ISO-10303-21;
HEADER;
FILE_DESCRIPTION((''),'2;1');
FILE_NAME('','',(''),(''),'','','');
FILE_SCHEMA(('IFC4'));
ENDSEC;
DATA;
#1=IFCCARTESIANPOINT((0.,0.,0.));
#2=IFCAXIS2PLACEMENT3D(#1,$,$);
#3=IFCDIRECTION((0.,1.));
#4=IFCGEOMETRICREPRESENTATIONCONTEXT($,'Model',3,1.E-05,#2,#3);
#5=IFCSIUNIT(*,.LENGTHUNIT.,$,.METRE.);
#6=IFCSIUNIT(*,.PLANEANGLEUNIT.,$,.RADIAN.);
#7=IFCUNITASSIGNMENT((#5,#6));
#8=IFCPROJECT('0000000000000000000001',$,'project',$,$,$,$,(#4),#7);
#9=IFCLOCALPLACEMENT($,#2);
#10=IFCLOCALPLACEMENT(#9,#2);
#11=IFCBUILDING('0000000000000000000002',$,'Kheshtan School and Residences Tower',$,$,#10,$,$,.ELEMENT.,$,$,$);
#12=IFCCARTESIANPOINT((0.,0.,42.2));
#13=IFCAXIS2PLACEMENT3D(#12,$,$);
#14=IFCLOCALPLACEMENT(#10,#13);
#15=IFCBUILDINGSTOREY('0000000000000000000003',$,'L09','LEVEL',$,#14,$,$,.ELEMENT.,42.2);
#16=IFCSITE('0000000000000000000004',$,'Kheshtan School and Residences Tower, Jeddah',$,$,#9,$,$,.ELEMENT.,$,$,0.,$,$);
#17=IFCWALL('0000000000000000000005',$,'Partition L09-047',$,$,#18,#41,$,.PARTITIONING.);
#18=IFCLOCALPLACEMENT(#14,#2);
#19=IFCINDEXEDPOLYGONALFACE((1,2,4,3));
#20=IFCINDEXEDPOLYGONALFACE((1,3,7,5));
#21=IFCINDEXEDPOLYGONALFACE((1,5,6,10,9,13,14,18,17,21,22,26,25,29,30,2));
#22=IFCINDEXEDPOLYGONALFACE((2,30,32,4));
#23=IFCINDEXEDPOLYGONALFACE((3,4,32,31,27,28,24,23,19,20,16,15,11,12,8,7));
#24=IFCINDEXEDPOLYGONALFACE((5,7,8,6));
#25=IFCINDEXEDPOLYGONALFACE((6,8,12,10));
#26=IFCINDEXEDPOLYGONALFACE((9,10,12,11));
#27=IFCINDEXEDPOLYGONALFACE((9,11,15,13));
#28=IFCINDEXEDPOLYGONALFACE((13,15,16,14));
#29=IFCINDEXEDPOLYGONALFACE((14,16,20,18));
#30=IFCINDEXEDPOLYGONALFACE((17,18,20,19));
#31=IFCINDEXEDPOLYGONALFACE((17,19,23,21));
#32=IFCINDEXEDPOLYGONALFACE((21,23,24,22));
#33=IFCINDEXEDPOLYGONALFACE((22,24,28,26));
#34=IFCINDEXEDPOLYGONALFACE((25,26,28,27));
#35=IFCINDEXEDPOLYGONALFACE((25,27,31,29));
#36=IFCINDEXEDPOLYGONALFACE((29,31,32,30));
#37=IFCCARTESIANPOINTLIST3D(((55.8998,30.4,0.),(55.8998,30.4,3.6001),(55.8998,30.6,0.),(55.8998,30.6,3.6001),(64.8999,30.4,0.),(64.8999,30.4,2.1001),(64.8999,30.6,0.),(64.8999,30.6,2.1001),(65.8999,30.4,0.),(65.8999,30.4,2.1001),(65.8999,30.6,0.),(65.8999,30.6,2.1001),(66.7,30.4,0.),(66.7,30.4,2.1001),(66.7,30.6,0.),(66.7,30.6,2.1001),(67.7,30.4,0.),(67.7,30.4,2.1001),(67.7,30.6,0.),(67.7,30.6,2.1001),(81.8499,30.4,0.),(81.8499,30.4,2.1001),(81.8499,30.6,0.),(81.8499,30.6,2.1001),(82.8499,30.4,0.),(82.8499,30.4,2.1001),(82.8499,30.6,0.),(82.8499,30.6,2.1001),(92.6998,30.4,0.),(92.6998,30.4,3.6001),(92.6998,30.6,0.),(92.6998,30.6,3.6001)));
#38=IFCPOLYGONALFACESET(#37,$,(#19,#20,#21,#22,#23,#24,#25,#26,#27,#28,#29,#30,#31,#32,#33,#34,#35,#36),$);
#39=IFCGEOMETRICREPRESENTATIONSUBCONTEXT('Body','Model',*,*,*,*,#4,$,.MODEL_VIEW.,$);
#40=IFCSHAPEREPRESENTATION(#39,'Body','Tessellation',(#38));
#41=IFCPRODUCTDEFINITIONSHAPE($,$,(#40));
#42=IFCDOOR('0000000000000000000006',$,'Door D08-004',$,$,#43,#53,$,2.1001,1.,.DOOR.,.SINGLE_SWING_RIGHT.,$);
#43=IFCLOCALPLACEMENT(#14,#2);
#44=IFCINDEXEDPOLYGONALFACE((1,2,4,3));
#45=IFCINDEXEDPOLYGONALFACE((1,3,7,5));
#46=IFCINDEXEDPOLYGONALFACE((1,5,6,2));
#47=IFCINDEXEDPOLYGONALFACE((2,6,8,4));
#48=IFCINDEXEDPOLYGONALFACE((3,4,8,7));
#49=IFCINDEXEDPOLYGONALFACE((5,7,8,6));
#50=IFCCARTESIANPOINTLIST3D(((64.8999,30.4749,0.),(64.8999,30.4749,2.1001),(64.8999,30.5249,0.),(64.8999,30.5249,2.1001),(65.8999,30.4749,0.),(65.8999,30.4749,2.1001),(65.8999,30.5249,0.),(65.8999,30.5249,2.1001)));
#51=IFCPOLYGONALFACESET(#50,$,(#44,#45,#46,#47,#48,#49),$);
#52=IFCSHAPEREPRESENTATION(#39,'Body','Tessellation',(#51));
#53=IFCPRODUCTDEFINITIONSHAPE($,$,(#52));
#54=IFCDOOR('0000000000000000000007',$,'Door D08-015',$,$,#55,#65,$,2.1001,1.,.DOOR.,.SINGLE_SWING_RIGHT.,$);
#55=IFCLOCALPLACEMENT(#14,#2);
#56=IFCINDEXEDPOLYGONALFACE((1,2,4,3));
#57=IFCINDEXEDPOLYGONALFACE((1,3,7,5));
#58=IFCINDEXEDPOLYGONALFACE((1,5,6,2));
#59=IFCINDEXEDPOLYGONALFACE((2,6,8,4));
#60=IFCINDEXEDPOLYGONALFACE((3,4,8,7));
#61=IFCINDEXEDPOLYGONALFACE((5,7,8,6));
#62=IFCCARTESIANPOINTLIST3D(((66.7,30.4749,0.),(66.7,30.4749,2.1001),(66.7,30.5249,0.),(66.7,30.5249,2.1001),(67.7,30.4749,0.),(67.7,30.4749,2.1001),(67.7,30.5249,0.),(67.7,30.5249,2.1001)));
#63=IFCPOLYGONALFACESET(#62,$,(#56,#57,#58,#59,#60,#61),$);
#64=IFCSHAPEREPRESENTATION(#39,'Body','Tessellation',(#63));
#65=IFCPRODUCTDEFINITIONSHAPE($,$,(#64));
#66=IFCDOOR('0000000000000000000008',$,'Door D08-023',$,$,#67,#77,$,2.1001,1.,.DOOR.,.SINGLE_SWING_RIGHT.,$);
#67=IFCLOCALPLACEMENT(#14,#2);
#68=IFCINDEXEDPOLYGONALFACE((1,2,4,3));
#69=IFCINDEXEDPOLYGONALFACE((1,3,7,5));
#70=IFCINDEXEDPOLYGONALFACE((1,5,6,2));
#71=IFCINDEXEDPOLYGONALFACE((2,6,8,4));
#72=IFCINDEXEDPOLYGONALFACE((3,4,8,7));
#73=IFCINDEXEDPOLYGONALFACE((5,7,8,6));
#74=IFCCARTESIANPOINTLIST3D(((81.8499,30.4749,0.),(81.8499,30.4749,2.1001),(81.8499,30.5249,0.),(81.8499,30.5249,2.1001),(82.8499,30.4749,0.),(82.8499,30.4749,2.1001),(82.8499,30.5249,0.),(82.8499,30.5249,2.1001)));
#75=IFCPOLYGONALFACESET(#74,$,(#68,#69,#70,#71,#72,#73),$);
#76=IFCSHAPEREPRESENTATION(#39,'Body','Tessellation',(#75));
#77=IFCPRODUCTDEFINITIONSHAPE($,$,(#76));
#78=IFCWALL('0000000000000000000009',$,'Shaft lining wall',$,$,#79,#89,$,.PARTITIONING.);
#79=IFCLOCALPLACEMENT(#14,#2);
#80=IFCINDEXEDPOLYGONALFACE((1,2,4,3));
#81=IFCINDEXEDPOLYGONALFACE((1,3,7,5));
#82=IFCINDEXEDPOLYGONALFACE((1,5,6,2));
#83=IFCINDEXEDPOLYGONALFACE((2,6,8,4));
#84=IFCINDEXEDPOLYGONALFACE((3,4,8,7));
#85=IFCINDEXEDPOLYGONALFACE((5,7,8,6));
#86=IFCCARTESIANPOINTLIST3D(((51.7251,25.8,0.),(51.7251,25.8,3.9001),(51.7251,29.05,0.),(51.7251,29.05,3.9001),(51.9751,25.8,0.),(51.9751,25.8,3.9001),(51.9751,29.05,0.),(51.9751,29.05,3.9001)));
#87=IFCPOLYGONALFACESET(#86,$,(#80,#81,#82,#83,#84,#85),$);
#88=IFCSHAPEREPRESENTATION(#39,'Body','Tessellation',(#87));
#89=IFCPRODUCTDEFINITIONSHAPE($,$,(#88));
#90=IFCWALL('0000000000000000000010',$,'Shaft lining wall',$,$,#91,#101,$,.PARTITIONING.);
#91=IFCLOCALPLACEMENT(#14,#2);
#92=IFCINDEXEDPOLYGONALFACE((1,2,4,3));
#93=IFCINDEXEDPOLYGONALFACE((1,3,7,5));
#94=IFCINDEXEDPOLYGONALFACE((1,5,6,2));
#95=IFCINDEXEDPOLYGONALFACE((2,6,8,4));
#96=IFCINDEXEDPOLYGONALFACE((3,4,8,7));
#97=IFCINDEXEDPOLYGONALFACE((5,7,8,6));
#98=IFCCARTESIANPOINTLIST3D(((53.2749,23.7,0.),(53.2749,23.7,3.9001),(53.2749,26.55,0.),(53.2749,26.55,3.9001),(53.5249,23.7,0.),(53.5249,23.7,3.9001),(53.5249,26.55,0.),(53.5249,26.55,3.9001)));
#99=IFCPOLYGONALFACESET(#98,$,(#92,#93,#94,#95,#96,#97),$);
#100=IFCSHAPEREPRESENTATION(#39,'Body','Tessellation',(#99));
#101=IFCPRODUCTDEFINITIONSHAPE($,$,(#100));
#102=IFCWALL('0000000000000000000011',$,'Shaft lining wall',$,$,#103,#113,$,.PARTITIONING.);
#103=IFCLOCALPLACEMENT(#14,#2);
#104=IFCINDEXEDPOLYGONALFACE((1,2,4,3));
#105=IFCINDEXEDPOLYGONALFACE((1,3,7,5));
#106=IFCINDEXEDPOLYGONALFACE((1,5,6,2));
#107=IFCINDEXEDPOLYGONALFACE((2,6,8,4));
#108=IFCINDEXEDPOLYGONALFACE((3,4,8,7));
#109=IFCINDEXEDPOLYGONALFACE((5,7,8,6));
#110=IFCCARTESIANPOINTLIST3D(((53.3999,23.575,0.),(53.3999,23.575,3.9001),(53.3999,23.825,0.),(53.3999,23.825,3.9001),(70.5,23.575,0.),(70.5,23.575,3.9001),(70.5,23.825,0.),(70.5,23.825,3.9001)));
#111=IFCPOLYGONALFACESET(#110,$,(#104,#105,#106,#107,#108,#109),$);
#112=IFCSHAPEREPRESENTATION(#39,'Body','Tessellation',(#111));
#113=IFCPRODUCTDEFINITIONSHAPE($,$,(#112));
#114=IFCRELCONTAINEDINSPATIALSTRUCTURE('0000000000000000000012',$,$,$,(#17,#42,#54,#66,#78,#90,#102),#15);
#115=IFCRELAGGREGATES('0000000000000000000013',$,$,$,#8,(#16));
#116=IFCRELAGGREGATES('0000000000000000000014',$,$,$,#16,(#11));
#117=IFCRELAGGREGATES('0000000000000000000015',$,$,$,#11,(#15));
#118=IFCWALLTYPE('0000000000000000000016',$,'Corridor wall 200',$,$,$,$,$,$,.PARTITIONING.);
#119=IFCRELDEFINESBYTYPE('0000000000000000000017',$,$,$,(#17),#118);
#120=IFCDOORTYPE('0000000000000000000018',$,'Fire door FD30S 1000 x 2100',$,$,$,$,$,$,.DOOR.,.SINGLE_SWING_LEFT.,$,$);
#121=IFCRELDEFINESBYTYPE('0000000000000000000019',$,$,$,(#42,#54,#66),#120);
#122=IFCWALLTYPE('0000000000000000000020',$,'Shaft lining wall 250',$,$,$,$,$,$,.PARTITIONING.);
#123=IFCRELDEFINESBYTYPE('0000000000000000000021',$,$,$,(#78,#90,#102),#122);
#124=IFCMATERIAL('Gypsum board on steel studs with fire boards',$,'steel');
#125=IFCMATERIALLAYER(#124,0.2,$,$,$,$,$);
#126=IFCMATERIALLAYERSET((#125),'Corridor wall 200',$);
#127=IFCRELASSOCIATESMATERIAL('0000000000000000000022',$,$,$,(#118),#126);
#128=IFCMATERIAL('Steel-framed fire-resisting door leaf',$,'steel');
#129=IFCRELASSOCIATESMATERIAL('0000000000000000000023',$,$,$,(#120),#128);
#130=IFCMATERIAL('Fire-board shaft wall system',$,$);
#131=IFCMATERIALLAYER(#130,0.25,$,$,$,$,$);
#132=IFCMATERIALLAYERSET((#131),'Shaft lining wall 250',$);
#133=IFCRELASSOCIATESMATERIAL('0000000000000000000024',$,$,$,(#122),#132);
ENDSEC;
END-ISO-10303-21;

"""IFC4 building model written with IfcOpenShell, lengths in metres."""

from ifc_helpers import new_model, si_unit, direction, frame, frame_2d, origin, place, context, subcontext, project, spatial, rectangle, extrude, source, transform, mapped, material, layer, layer_set, type_object, element, fill, save


model = new_model("IFC4")

# Units and contexts
model_context = context("Model", 3, precision=1e-05, world=origin(), true_north=direction((0.0, 1.0)))
body_context = subcontext(model_context, "Body", "Model", "MODEL_VIEW")
ifc_project = project(units=[si_unit("LENGTHUNIT", "METRE"), si_unit("PLANEANGLEUNIT", "RADIAN")], contexts=[model_context])

# Site, building, storey
site_placement = place(None, origin())
site = spatial("IfcSite", under=ifc_project, at=site_placement, Name="Kheshtan School and Residences Tower, Jeddah", CompositionType="ELEMENT", RefElevation=0.0)
building_placement = place(site_placement, origin())
building = spatial("IfcBuilding", under=site, at=building_placement, Name="Kheshtan School and Residences Tower", CompositionType="ELEMENT")
storey_placement = place(building_placement, frame((0.0, 0.0, 42.2)))
storey = spatial("IfcBuildingStorey", under=building, at=storey_placement, Name="L09", Description="LEVEL", CompositionType="ELEMENT", Elevation=42.2)

# Wall, openings, doors
ifc_material_1 = material(Name="Gypsum board on steel studs with fire boards", Category="steel")
ifc_layer_1 = layer(ifc_material_1, 0.2)
ifc_layer_set_1 = layer_set([ifc_layer_1], Name="Corridor wall 200")
wall_type_1 = type_object("IfcWallType", Name="Corridor wall 200", PredefinedType="PARTITIONING", material=ifc_layer_set_1)
wall_1_placement = place(storey_placement, frame((55.8999, 30.5, 0.0), z_axis=(0.0, 0.0, 1.0), x_axis=(1.0, 0.0, 0.0)))
wall_1 = element("IfcWall", 1, at=wall_1_placement, inside=storey, type_object=wall_type_1, Name="Partition L09-047", PredefinedType="PARTITIONING", context=body_context, shape_type="SweptSolid", body=[
    extrude(rectangle(XDim=36.8, YDim=0.2, at=frame_2d((18.3999, 0.0))), origin(), (0.0, 0.0, 1.0), 3.6001),
])
opening_1_placement = place(wall_1_placement, frame((9.0, 0.0, 0.0)))
opening_1 = element("IfcOpeningElement", 2, at=opening_1_placement, cuts=wall_1, PredefinedType="OPENING", context=body_context, shape_type="SweptSolid", body=[
    extrude(rectangle(XDim=1.0, YDim=2.1001, at=frame_2d((0.5, 1.05))), frame((0.0, 0.1099, 0.0), z_axis=(0.0, -1.0, 0.0), x_axis=(1.0, 0.0, 0.0)), (0.0, 0.0, 1.0), 0.22),
])
opening_2_placement = place(wall_1_placement, frame((10.8, 0.0, 0.0)))
opening_2 = element("IfcOpeningElement", 3, at=opening_2_placement, cuts=wall_1, PredefinedType="OPENING", context=body_context, shape_type="SweptSolid", body=[
    extrude(rectangle(XDim=1.0, YDim=2.1001, at=frame_2d((0.5, 1.05))), frame((0.0, 0.1099, 0.0), z_axis=(0.0, -1.0, 0.0), x_axis=(1.0, 0.0, 0.0)), (0.0, 0.0, 1.0), 0.22),
])
opening_3_placement = place(wall_1_placement, frame((25.95, 0.0, 0.0)))
opening_3 = element("IfcOpeningElement", 4, at=opening_3_placement, cuts=wall_1, PredefinedType="OPENING", context=body_context, shape_type="SweptSolid", body=[
    extrude(rectangle(XDim=1.0, YDim=2.1001, at=frame_2d((0.5, 1.05))), frame((0.0, 0.1099, 0.0), z_axis=(0.0, -1.0, 0.0), x_axis=(1.0, 0.0, 0.0)), (0.0, 0.0, 1.0), 0.22),
])
ifc_material_2 = material(Name="Steel-framed fire-resisting door leaf", Category="steel")
door_type_1 = type_object("IfcDoorType", Name="Fire door FD30S 1000 x 2100", OperationType="SINGLE_SWING_LEFT", PredefinedType="DOOR", material=ifc_material_2)
shared_shape_1 = source(origin(), body_context, "Body", "SweptSolid", [
    extrude(rectangle(XDim=1.0, YDim=2.1001, at=frame_2d((0.5, 1.05))), frame((0.0, 0.0249, 0.0), z_axis=(0.0, -1.0, 0.0), x_axis=(1.0, 0.0, 0.0)), (0.0, 0.0, 1.0), 0.05),
])
door_1_placement = place(opening_1_placement, origin())
door_1 = element("IfcDoor", 5, at=door_1_placement, inside=storey, type_object=door_type_1, Name="Door D08-004", OperationType="SINGLE_SWING_RIGHT", OverallHeight=2.1001, OverallWidth=1.0, PredefinedType="DOOR", context=body_context, shape_type="MappedRepresentation", body=[
    mapped(shared_shape_1, transform((0.0, 0.0, 0.0), x_axis=(1.0, 0.0, 0.0), y_axis=(0.0, 1.0, 0.0), z_axis=(0.0, 0.0, 1.0), scale=1.0)),
])
fill(opening_1, door_1)
door_2_placement = place(opening_2_placement, origin())
door_2 = element("IfcDoor", 6, at=door_2_placement, inside=storey, type_object=door_type_1, Name="Door D08-015", OperationType="SINGLE_SWING_RIGHT", OverallHeight=2.1001, OverallWidth=1.0, PredefinedType="DOOR", context=body_context, shape_type="MappedRepresentation", body=[
    mapped(shared_shape_1, transform((0.0, 0.0, 0.0), x_axis=(1.0, 0.0, 0.0), y_axis=(0.0, 1.0, 0.0), z_axis=(0.0, 0.0, 1.0), scale=1.0)),
])
fill(opening_2, door_2)
door_3_placement = place(opening_3_placement, origin())
door_3 = element("IfcDoor", 7, at=door_3_placement, inside=storey, type_object=door_type_1, Name="Door D08-023", OperationType="SINGLE_SWING_RIGHT", OverallHeight=2.1001, OverallWidth=1.0, PredefinedType="DOOR", context=body_context, shape_type="MappedRepresentation", body=[
    mapped(shared_shape_1, transform((0.0, 0.0, 0.0), x_axis=(1.0, 0.0, 0.0), y_axis=(0.0, 1.0, 0.0), z_axis=(0.0, 0.0, 1.0), scale=1.0)),
])
fill(opening_3, door_3)

# Walls
ifc_material_3 = material(Name="Fire-board shaft wall system")
ifc_layer_2 = layer(ifc_material_3, 0.25)
ifc_layer_set_2 = layer_set([ifc_layer_2], Name="Shaft lining wall 250")
wall_type_2 = type_object("IfcWallType", Name="Shaft lining wall 250", PredefinedType="PARTITIONING", material=ifc_layer_set_2)
wall_2_placement = place(storey_placement, frame((51.8501, 25.8, 0.0), z_axis=(0.0, 0.0, 1.0), x_axis=(0.0, 1.0, 0.0)))
element("IfcWall", 8, at=wall_2_placement, inside=storey, type_object=wall_type_2, Name="Shaft lining wall", PredefinedType="PARTITIONING", context=body_context, shape_type="SweptSolid", body=[
    extrude(rectangle(XDim=3.25, YDim=0.25, at=frame_2d((1.625, 0.0))), origin(), (0.0, 0.0, 1.0), 3.9001),
])
wall_3_placement = place(storey_placement, frame((53.3999, 23.7, 0.0), z_axis=(0.0, 0.0, 1.0), x_axis=(0.0, 1.0, 0.0)))
element("IfcWall", 9, at=wall_3_placement, inside=storey, type_object=wall_type_2, Name="Shaft lining wall", PredefinedType="PARTITIONING", context=body_context, shape_type="SweptSolid", body=[
    extrude(rectangle(XDim=2.8501, YDim=0.25, at=frame_2d((1.425, 0.0))), origin(), (0.0, 0.0, 1.0), 3.9001),
])
wall_4_placement = place(storey_placement, frame((53.3999, 23.7, 0.0), z_axis=(0.0, 0.0, 1.0), x_axis=(1.0, 0.0, 0.0)))
element("IfcWall", 10, at=wall_4_placement, inside=storey, type_object=wall_type_2, Name="Shaft lining wall", PredefinedType="PARTITIONING", context=body_context, shape_type="SweptSolid", body=[
    extrude(rectangle(XDim=17.1001, YDim=0.25, at=frame_2d((8.55, 0.0))), origin(), (0.0, 0.0, 1.0), 3.9001),
])

save(model, "model.ifc")
